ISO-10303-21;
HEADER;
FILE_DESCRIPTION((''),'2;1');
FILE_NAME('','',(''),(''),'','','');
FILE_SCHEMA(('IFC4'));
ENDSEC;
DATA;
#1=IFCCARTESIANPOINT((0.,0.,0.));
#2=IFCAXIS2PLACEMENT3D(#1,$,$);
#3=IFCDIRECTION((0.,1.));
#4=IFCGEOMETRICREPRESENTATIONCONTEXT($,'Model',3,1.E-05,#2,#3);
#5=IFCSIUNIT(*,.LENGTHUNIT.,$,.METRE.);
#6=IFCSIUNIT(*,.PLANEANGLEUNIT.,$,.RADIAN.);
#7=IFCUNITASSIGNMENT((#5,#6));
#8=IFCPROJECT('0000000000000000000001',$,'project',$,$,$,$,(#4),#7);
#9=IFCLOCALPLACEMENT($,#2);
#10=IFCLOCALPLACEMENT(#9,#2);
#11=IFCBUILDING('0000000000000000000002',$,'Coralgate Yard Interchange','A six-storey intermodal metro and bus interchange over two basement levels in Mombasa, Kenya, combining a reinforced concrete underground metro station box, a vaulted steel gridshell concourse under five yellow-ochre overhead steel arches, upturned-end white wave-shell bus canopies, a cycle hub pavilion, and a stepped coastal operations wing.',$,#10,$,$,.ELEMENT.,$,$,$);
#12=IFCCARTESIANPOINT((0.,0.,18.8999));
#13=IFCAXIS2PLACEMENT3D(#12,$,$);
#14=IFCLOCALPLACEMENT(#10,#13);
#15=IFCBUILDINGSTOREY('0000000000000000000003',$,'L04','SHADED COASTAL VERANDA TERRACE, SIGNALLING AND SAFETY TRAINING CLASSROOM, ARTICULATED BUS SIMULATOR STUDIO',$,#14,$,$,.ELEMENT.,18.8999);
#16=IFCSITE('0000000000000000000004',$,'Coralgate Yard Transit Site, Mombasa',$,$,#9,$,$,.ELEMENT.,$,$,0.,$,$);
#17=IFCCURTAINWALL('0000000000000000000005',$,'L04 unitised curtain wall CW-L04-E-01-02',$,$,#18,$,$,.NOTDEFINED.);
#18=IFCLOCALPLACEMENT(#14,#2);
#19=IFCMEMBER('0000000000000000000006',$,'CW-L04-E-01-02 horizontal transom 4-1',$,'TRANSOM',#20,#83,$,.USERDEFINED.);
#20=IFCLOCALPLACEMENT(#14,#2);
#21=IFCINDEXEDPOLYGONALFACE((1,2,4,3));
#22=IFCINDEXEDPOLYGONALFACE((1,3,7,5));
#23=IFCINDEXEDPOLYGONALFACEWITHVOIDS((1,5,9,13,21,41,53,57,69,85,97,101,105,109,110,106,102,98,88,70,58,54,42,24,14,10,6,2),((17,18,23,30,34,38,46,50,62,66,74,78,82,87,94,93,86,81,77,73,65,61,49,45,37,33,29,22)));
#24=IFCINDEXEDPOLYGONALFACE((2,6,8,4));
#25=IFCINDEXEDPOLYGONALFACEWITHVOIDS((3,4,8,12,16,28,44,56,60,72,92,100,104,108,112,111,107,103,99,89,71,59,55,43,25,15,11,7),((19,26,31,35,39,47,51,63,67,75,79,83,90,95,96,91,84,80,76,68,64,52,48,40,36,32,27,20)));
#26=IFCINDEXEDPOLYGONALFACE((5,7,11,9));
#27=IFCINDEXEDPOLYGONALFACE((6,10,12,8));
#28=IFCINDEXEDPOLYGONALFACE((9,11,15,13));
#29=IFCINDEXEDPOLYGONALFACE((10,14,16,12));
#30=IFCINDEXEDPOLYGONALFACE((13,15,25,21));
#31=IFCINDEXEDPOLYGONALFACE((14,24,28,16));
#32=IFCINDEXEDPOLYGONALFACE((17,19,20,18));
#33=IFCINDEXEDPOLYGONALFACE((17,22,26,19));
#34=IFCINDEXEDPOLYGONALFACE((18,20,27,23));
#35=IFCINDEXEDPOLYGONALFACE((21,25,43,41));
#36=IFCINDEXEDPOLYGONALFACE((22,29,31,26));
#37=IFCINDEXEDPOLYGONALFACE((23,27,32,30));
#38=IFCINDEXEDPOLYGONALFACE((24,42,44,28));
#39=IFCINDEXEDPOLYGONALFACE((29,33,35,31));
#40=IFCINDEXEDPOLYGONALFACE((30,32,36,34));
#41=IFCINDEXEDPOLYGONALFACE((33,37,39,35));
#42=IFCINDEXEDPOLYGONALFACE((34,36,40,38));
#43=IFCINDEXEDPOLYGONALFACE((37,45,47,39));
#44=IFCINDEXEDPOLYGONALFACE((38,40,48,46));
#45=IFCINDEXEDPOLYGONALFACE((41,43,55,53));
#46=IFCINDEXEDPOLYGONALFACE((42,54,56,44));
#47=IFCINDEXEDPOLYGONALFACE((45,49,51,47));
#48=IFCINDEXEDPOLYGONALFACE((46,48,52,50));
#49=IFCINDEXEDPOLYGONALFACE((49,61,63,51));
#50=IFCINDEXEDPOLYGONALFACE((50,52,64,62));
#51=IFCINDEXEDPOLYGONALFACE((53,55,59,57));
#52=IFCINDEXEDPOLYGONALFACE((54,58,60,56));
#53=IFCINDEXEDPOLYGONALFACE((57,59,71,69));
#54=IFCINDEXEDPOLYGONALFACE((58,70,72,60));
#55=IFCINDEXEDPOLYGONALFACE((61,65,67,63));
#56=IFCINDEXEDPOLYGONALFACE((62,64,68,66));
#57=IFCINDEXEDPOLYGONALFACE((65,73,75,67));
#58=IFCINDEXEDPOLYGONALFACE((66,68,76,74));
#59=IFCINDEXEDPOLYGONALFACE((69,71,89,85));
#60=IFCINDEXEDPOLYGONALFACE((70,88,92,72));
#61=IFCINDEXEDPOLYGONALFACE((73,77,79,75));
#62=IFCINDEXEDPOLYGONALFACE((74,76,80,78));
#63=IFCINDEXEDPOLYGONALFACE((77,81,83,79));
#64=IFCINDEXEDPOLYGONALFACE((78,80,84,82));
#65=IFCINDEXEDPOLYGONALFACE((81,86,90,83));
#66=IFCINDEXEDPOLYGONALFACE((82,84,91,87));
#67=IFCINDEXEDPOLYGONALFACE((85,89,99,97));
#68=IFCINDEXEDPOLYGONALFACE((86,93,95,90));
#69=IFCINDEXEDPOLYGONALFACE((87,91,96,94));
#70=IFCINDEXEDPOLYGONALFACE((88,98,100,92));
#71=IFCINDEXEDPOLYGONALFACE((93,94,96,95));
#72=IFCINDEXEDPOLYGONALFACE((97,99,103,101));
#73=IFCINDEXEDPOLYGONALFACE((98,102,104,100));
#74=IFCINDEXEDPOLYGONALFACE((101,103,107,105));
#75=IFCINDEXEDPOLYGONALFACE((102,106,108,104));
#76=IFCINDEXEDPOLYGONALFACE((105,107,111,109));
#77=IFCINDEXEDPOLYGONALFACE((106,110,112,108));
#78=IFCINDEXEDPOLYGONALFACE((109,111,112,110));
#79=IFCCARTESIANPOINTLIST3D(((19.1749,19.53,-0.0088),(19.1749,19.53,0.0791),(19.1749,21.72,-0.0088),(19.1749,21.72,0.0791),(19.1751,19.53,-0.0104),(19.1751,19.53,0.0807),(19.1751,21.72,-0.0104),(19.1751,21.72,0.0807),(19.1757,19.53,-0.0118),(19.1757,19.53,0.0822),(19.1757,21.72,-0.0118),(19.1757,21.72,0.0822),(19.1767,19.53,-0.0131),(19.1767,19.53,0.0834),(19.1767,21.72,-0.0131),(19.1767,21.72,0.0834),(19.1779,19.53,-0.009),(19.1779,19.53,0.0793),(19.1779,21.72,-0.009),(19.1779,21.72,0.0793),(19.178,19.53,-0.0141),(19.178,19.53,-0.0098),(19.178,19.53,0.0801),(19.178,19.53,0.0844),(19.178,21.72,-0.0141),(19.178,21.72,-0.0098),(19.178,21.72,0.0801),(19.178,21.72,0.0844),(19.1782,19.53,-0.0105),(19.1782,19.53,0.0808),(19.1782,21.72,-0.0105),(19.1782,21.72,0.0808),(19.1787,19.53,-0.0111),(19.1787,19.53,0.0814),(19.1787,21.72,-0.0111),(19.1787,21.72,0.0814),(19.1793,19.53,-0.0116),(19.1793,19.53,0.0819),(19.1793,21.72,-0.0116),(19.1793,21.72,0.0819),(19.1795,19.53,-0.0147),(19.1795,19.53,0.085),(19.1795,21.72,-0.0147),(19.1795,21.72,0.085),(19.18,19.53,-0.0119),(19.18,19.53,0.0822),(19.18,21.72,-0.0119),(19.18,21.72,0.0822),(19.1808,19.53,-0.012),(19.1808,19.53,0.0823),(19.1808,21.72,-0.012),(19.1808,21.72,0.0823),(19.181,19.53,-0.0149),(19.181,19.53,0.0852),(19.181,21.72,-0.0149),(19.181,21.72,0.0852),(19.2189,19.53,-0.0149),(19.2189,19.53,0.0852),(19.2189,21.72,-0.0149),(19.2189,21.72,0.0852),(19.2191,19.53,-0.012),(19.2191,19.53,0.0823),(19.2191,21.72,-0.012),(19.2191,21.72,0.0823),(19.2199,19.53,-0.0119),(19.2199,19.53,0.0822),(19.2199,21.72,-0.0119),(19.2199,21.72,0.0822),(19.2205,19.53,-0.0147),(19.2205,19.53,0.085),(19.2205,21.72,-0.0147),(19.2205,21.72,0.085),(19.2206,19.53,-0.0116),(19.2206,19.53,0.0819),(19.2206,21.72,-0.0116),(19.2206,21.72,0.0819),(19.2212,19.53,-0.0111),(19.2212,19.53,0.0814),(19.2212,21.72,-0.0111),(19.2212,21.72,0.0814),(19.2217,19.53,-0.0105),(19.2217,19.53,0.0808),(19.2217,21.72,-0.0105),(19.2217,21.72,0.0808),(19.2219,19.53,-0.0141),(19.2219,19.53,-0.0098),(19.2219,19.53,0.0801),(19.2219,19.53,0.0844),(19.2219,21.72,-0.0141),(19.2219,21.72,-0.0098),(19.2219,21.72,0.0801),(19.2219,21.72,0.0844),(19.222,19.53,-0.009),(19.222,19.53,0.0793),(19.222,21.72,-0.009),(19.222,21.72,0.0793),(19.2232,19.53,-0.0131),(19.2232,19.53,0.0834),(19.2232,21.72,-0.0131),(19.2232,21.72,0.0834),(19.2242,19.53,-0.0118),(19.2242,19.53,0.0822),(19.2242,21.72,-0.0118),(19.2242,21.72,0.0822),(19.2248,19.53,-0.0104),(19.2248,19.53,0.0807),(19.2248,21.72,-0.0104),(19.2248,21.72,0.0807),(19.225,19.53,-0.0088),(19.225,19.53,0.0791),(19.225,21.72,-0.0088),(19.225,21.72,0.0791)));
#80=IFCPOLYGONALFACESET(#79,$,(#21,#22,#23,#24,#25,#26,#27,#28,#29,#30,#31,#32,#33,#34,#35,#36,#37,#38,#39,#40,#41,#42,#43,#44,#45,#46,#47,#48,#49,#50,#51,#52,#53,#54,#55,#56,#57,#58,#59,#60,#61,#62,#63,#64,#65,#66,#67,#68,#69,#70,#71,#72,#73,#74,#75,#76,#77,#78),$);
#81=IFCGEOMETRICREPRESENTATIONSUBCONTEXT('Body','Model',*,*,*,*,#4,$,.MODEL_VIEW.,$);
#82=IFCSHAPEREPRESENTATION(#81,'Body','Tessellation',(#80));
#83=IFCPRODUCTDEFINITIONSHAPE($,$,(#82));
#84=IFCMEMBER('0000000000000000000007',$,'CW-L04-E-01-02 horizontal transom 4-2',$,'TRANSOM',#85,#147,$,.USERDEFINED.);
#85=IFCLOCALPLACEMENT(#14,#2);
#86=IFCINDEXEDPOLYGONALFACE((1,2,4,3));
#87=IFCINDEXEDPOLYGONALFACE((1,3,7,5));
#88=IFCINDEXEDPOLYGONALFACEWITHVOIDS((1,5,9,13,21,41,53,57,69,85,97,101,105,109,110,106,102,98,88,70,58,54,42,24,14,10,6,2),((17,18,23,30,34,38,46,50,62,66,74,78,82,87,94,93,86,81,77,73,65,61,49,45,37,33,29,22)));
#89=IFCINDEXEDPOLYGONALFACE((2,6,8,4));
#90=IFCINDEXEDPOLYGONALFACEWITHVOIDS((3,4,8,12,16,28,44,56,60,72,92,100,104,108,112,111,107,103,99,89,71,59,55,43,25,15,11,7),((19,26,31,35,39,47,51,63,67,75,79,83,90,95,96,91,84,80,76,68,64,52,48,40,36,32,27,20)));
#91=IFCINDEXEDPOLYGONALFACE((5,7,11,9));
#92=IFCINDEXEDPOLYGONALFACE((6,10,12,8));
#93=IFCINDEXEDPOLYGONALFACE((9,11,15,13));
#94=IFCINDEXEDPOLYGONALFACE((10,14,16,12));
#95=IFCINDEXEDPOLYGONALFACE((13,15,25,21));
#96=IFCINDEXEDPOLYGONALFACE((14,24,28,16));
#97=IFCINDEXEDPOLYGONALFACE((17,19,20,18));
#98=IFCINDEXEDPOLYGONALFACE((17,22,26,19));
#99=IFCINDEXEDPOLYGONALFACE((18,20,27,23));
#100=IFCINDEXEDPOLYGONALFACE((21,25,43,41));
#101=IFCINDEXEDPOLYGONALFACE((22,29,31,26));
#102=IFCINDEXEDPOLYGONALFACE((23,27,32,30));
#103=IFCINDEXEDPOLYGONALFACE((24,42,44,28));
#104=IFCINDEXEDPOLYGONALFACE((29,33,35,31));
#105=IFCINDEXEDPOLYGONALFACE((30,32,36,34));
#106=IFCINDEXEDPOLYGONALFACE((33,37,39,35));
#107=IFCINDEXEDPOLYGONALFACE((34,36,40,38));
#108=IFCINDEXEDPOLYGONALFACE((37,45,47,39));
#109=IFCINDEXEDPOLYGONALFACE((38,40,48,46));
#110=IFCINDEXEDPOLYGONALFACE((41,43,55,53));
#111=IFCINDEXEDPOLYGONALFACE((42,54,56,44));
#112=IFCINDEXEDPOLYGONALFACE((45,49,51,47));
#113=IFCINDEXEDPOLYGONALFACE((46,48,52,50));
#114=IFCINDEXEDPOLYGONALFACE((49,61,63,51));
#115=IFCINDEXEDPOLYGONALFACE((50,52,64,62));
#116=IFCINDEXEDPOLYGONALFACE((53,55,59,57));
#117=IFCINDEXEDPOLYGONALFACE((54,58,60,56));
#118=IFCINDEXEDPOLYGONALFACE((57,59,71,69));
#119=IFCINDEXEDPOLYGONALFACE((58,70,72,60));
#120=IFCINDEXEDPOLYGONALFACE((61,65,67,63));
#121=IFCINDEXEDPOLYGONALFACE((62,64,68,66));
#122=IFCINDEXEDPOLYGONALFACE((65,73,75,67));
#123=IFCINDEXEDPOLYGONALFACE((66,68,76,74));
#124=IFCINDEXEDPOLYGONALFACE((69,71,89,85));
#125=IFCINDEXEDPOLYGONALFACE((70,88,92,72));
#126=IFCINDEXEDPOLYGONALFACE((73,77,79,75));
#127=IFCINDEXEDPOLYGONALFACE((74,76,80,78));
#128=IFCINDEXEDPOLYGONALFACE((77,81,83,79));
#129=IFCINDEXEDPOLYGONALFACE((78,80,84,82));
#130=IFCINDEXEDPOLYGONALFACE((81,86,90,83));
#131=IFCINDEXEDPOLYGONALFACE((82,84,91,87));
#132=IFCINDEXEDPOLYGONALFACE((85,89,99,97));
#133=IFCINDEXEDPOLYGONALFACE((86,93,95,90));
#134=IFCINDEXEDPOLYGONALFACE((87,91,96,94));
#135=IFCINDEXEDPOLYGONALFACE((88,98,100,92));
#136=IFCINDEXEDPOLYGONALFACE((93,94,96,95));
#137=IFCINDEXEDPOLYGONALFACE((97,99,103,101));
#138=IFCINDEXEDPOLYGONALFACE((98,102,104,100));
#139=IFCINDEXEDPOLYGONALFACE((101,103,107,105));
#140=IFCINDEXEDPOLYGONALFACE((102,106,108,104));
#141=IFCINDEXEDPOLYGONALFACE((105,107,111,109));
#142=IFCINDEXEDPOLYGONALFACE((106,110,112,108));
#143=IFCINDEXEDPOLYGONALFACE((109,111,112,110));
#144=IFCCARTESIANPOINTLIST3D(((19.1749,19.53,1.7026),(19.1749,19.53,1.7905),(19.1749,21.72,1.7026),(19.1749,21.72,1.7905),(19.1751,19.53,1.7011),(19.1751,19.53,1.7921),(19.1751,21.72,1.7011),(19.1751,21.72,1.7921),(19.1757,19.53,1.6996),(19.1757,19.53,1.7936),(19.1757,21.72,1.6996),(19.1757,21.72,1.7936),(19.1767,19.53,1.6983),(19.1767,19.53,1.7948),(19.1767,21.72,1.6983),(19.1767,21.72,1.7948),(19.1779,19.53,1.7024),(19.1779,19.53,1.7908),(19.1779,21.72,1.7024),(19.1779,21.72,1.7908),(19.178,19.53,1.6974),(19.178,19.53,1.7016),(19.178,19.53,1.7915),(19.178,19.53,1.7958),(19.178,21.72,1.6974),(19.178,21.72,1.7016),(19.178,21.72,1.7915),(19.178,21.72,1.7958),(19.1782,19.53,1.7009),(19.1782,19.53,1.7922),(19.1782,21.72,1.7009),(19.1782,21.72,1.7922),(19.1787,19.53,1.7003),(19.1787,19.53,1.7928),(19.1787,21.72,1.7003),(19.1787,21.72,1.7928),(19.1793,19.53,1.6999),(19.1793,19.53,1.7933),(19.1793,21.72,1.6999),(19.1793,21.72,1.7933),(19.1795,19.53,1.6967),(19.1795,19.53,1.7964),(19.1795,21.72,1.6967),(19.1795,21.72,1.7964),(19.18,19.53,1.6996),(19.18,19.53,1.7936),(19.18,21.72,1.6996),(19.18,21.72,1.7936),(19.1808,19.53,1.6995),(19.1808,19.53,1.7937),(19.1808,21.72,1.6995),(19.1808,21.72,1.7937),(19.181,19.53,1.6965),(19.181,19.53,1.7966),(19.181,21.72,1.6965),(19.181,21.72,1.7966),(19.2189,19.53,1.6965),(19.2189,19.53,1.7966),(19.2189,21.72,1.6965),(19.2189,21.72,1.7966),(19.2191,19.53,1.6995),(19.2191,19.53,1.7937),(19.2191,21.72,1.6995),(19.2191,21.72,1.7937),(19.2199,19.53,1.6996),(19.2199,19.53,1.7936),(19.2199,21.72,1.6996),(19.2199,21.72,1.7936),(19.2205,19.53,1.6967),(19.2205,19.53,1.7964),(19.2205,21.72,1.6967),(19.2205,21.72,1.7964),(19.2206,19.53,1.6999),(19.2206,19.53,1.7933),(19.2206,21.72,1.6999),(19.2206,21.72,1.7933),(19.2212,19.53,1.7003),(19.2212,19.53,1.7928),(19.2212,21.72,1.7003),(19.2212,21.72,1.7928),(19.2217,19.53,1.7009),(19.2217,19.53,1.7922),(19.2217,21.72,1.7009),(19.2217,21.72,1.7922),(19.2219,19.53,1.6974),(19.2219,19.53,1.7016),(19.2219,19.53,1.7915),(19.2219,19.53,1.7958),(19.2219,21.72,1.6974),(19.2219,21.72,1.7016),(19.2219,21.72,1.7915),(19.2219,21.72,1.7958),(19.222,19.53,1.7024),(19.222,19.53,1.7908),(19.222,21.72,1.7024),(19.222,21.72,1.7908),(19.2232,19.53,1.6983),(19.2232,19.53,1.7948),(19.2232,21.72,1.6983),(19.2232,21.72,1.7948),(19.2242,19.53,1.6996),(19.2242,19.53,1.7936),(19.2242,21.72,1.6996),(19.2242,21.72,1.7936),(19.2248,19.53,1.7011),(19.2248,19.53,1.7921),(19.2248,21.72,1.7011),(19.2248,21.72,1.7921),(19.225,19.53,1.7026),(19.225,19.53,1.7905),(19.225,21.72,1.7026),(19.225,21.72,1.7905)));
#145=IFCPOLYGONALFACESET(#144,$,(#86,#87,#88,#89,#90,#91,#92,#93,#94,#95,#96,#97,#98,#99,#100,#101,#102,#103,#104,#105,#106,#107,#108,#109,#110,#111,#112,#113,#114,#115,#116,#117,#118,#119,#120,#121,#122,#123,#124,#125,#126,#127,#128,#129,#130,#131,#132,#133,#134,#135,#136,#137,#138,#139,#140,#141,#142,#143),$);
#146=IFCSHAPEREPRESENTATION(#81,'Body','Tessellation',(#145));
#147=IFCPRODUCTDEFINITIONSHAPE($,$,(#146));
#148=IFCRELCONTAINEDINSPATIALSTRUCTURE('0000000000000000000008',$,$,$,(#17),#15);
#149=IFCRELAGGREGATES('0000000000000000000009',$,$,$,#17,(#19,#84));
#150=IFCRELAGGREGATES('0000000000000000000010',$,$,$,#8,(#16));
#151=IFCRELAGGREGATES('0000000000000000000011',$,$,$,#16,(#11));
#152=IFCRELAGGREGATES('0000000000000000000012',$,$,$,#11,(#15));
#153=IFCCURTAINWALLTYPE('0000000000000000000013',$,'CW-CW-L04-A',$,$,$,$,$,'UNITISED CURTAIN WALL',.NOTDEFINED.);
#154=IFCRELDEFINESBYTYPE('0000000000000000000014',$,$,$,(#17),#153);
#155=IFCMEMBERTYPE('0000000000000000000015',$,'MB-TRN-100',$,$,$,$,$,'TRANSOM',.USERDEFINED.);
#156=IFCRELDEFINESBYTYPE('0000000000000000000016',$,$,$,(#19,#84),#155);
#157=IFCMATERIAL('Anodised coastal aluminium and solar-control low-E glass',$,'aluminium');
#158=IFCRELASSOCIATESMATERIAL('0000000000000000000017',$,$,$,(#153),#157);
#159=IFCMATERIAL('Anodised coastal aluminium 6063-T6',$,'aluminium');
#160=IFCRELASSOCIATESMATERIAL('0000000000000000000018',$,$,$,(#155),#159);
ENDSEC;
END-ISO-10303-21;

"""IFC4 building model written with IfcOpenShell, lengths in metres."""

from ifc_helpers import new_model, si_unit, direction, frame, origin, origin_2d, place, context, subcontext, project, spatial, hollow_rectangle, extrude, material, material_profile, profile_set, type_object, element, aggregate, save


model = new_model("IFC4")

# Units and contexts
model_context = context("Model", 3, precision=1e-05, world=origin(), true_north=direction((0.0, 1.0)))
body_context = subcontext(model_context, "Body", "Model", "MODEL_VIEW")
ifc_project = project(units=[si_unit("LENGTHUNIT", "METRE"), si_unit("PLANEANGLEUNIT", "RADIAN")], contexts=[model_context])

# Site, building, storey
site_placement = place(None, origin())
site = spatial("IfcSite", under=ifc_project, at=site_placement, Name="Coralgate Yard Transit Site, Mombasa", CompositionType="ELEMENT", RefElevation=0.0)
building_placement = place(site_placement, origin())
building = spatial("IfcBuilding", under=site, at=building_placement, Name="Coralgate Yard Interchange", Description="A six-storey intermodal metro and bus interchange over two basement levels in Mombasa, Kenya, combining a reinforced concrete underground metro station box, a vaulted steel gridshell concourse under five yellow-ochre overhead steel arches, upturned-end white wave-shell bus canopies, a cycle hub pavilion, and a stepped coastal operations wing.", CompositionType="ELEMENT")
storey_placement = place(building_placement, frame((0.0, 0.0, 18.8999)))
storey = spatial("IfcBuildingStorey", under=building, at=storey_placement, Name="L04", Description="SHADED COASTAL VERANDA TERRACE, SIGNALLING AND SAFETY TRAINING CLASSROOM, ARTICULATED BUS SIMULATOR STUDIO", CompositionType="ELEMENT", Elevation=18.8999)

# Curtain wall, members
ifc_material_1 = material(Name="Anodised coastal aluminium and solar-control low-E glass", Category="aluminium")
curtain_wall_type = type_object("IfcCurtainWallType", Name="CW-CW-L04-A", ElementType="UNITISED CURTAIN WALL", PredefinedType="NOTDEFINED", material=ifc_material_1)
curtain_wall_placement = place(storey_placement, origin())
curtain_wall = element("IfcCurtainWall", 1, at=curtain_wall_placement, inside=storey, type_object=curtain_wall_type, Name="L04 unitised curtain wall CW-L04-E-01-02", PredefinedType="NOTDEFINED")
ifc_material_2 = material(Name="Anodised coastal aluminium 6063-T6", Category="aluminium")
ifc_material_profile_1 = material_profile(ifc_material_2, hollow_rectangle(XDim=0.05, YDim=0.1001, WallThickness=0.0029, InnerFilletRadius=0.0029, OuterFilletRadius=0.0061, at=origin_2d()), Name="ALU 50x100x3")
ifc_profile_set_1 = profile_set([ifc_material_profile_1], Name="Anodised coastal aluminium 6063-T6")
member_type_1 = type_object("IfcMemberType", Name="MB-TRN-100", ElementType="TRANSOM", PredefinedType="USERDEFINED", material=ifc_profile_set_1)
member_1_placement = place(storey_placement, frame((19.2, 21.72, 0.0352), z_axis=(0.0, -1.0, 0.0), x_axis=(1.0, 0.0, 0.0)))
member_1 = element("IfcMember", 2, at=member_1_placement, type_object=member_type_1, Name="CW-L04-E-01-02 horizontal transom 4-1", ObjectType="TRANSOM", PredefinedType="USERDEFINED", context=body_context, shape_type="SweptSolid", body=[
    extrude(hollow_rectangle(XDim=0.05, YDim=0.1001, WallThickness=0.0029, InnerFilletRadius=0.0029, OuterFilletRadius=0.0061, at=origin_2d()), origin(), (0.0, 0.0, 1.0), 2.1899),
])
member_2_placement = place(storey_placement, frame((19.2, 21.72, 1.7466), z_axis=(0.0, -1.0, 0.0), x_axis=(1.0, 0.0, 0.0)))
member_2 = element("IfcMember", 3, at=member_2_placement, type_object=member_type_1, Name="CW-L04-E-01-02 horizontal transom 4-2", ObjectType="TRANSOM", PredefinedType="USERDEFINED", context=body_context, shape_type="SweptSolid", body=[
    extrude(hollow_rectangle(XDim=0.05, YDim=0.1001, WallThickness=0.0029, InnerFilletRadius=0.0029, OuterFilletRadius=0.0061, at=origin_2d()), origin(), (0.0, 0.0, 1.0), 2.1899),
])
aggregate(curtain_wall, [member_1, member_2])

save(model, "model.ifc")
